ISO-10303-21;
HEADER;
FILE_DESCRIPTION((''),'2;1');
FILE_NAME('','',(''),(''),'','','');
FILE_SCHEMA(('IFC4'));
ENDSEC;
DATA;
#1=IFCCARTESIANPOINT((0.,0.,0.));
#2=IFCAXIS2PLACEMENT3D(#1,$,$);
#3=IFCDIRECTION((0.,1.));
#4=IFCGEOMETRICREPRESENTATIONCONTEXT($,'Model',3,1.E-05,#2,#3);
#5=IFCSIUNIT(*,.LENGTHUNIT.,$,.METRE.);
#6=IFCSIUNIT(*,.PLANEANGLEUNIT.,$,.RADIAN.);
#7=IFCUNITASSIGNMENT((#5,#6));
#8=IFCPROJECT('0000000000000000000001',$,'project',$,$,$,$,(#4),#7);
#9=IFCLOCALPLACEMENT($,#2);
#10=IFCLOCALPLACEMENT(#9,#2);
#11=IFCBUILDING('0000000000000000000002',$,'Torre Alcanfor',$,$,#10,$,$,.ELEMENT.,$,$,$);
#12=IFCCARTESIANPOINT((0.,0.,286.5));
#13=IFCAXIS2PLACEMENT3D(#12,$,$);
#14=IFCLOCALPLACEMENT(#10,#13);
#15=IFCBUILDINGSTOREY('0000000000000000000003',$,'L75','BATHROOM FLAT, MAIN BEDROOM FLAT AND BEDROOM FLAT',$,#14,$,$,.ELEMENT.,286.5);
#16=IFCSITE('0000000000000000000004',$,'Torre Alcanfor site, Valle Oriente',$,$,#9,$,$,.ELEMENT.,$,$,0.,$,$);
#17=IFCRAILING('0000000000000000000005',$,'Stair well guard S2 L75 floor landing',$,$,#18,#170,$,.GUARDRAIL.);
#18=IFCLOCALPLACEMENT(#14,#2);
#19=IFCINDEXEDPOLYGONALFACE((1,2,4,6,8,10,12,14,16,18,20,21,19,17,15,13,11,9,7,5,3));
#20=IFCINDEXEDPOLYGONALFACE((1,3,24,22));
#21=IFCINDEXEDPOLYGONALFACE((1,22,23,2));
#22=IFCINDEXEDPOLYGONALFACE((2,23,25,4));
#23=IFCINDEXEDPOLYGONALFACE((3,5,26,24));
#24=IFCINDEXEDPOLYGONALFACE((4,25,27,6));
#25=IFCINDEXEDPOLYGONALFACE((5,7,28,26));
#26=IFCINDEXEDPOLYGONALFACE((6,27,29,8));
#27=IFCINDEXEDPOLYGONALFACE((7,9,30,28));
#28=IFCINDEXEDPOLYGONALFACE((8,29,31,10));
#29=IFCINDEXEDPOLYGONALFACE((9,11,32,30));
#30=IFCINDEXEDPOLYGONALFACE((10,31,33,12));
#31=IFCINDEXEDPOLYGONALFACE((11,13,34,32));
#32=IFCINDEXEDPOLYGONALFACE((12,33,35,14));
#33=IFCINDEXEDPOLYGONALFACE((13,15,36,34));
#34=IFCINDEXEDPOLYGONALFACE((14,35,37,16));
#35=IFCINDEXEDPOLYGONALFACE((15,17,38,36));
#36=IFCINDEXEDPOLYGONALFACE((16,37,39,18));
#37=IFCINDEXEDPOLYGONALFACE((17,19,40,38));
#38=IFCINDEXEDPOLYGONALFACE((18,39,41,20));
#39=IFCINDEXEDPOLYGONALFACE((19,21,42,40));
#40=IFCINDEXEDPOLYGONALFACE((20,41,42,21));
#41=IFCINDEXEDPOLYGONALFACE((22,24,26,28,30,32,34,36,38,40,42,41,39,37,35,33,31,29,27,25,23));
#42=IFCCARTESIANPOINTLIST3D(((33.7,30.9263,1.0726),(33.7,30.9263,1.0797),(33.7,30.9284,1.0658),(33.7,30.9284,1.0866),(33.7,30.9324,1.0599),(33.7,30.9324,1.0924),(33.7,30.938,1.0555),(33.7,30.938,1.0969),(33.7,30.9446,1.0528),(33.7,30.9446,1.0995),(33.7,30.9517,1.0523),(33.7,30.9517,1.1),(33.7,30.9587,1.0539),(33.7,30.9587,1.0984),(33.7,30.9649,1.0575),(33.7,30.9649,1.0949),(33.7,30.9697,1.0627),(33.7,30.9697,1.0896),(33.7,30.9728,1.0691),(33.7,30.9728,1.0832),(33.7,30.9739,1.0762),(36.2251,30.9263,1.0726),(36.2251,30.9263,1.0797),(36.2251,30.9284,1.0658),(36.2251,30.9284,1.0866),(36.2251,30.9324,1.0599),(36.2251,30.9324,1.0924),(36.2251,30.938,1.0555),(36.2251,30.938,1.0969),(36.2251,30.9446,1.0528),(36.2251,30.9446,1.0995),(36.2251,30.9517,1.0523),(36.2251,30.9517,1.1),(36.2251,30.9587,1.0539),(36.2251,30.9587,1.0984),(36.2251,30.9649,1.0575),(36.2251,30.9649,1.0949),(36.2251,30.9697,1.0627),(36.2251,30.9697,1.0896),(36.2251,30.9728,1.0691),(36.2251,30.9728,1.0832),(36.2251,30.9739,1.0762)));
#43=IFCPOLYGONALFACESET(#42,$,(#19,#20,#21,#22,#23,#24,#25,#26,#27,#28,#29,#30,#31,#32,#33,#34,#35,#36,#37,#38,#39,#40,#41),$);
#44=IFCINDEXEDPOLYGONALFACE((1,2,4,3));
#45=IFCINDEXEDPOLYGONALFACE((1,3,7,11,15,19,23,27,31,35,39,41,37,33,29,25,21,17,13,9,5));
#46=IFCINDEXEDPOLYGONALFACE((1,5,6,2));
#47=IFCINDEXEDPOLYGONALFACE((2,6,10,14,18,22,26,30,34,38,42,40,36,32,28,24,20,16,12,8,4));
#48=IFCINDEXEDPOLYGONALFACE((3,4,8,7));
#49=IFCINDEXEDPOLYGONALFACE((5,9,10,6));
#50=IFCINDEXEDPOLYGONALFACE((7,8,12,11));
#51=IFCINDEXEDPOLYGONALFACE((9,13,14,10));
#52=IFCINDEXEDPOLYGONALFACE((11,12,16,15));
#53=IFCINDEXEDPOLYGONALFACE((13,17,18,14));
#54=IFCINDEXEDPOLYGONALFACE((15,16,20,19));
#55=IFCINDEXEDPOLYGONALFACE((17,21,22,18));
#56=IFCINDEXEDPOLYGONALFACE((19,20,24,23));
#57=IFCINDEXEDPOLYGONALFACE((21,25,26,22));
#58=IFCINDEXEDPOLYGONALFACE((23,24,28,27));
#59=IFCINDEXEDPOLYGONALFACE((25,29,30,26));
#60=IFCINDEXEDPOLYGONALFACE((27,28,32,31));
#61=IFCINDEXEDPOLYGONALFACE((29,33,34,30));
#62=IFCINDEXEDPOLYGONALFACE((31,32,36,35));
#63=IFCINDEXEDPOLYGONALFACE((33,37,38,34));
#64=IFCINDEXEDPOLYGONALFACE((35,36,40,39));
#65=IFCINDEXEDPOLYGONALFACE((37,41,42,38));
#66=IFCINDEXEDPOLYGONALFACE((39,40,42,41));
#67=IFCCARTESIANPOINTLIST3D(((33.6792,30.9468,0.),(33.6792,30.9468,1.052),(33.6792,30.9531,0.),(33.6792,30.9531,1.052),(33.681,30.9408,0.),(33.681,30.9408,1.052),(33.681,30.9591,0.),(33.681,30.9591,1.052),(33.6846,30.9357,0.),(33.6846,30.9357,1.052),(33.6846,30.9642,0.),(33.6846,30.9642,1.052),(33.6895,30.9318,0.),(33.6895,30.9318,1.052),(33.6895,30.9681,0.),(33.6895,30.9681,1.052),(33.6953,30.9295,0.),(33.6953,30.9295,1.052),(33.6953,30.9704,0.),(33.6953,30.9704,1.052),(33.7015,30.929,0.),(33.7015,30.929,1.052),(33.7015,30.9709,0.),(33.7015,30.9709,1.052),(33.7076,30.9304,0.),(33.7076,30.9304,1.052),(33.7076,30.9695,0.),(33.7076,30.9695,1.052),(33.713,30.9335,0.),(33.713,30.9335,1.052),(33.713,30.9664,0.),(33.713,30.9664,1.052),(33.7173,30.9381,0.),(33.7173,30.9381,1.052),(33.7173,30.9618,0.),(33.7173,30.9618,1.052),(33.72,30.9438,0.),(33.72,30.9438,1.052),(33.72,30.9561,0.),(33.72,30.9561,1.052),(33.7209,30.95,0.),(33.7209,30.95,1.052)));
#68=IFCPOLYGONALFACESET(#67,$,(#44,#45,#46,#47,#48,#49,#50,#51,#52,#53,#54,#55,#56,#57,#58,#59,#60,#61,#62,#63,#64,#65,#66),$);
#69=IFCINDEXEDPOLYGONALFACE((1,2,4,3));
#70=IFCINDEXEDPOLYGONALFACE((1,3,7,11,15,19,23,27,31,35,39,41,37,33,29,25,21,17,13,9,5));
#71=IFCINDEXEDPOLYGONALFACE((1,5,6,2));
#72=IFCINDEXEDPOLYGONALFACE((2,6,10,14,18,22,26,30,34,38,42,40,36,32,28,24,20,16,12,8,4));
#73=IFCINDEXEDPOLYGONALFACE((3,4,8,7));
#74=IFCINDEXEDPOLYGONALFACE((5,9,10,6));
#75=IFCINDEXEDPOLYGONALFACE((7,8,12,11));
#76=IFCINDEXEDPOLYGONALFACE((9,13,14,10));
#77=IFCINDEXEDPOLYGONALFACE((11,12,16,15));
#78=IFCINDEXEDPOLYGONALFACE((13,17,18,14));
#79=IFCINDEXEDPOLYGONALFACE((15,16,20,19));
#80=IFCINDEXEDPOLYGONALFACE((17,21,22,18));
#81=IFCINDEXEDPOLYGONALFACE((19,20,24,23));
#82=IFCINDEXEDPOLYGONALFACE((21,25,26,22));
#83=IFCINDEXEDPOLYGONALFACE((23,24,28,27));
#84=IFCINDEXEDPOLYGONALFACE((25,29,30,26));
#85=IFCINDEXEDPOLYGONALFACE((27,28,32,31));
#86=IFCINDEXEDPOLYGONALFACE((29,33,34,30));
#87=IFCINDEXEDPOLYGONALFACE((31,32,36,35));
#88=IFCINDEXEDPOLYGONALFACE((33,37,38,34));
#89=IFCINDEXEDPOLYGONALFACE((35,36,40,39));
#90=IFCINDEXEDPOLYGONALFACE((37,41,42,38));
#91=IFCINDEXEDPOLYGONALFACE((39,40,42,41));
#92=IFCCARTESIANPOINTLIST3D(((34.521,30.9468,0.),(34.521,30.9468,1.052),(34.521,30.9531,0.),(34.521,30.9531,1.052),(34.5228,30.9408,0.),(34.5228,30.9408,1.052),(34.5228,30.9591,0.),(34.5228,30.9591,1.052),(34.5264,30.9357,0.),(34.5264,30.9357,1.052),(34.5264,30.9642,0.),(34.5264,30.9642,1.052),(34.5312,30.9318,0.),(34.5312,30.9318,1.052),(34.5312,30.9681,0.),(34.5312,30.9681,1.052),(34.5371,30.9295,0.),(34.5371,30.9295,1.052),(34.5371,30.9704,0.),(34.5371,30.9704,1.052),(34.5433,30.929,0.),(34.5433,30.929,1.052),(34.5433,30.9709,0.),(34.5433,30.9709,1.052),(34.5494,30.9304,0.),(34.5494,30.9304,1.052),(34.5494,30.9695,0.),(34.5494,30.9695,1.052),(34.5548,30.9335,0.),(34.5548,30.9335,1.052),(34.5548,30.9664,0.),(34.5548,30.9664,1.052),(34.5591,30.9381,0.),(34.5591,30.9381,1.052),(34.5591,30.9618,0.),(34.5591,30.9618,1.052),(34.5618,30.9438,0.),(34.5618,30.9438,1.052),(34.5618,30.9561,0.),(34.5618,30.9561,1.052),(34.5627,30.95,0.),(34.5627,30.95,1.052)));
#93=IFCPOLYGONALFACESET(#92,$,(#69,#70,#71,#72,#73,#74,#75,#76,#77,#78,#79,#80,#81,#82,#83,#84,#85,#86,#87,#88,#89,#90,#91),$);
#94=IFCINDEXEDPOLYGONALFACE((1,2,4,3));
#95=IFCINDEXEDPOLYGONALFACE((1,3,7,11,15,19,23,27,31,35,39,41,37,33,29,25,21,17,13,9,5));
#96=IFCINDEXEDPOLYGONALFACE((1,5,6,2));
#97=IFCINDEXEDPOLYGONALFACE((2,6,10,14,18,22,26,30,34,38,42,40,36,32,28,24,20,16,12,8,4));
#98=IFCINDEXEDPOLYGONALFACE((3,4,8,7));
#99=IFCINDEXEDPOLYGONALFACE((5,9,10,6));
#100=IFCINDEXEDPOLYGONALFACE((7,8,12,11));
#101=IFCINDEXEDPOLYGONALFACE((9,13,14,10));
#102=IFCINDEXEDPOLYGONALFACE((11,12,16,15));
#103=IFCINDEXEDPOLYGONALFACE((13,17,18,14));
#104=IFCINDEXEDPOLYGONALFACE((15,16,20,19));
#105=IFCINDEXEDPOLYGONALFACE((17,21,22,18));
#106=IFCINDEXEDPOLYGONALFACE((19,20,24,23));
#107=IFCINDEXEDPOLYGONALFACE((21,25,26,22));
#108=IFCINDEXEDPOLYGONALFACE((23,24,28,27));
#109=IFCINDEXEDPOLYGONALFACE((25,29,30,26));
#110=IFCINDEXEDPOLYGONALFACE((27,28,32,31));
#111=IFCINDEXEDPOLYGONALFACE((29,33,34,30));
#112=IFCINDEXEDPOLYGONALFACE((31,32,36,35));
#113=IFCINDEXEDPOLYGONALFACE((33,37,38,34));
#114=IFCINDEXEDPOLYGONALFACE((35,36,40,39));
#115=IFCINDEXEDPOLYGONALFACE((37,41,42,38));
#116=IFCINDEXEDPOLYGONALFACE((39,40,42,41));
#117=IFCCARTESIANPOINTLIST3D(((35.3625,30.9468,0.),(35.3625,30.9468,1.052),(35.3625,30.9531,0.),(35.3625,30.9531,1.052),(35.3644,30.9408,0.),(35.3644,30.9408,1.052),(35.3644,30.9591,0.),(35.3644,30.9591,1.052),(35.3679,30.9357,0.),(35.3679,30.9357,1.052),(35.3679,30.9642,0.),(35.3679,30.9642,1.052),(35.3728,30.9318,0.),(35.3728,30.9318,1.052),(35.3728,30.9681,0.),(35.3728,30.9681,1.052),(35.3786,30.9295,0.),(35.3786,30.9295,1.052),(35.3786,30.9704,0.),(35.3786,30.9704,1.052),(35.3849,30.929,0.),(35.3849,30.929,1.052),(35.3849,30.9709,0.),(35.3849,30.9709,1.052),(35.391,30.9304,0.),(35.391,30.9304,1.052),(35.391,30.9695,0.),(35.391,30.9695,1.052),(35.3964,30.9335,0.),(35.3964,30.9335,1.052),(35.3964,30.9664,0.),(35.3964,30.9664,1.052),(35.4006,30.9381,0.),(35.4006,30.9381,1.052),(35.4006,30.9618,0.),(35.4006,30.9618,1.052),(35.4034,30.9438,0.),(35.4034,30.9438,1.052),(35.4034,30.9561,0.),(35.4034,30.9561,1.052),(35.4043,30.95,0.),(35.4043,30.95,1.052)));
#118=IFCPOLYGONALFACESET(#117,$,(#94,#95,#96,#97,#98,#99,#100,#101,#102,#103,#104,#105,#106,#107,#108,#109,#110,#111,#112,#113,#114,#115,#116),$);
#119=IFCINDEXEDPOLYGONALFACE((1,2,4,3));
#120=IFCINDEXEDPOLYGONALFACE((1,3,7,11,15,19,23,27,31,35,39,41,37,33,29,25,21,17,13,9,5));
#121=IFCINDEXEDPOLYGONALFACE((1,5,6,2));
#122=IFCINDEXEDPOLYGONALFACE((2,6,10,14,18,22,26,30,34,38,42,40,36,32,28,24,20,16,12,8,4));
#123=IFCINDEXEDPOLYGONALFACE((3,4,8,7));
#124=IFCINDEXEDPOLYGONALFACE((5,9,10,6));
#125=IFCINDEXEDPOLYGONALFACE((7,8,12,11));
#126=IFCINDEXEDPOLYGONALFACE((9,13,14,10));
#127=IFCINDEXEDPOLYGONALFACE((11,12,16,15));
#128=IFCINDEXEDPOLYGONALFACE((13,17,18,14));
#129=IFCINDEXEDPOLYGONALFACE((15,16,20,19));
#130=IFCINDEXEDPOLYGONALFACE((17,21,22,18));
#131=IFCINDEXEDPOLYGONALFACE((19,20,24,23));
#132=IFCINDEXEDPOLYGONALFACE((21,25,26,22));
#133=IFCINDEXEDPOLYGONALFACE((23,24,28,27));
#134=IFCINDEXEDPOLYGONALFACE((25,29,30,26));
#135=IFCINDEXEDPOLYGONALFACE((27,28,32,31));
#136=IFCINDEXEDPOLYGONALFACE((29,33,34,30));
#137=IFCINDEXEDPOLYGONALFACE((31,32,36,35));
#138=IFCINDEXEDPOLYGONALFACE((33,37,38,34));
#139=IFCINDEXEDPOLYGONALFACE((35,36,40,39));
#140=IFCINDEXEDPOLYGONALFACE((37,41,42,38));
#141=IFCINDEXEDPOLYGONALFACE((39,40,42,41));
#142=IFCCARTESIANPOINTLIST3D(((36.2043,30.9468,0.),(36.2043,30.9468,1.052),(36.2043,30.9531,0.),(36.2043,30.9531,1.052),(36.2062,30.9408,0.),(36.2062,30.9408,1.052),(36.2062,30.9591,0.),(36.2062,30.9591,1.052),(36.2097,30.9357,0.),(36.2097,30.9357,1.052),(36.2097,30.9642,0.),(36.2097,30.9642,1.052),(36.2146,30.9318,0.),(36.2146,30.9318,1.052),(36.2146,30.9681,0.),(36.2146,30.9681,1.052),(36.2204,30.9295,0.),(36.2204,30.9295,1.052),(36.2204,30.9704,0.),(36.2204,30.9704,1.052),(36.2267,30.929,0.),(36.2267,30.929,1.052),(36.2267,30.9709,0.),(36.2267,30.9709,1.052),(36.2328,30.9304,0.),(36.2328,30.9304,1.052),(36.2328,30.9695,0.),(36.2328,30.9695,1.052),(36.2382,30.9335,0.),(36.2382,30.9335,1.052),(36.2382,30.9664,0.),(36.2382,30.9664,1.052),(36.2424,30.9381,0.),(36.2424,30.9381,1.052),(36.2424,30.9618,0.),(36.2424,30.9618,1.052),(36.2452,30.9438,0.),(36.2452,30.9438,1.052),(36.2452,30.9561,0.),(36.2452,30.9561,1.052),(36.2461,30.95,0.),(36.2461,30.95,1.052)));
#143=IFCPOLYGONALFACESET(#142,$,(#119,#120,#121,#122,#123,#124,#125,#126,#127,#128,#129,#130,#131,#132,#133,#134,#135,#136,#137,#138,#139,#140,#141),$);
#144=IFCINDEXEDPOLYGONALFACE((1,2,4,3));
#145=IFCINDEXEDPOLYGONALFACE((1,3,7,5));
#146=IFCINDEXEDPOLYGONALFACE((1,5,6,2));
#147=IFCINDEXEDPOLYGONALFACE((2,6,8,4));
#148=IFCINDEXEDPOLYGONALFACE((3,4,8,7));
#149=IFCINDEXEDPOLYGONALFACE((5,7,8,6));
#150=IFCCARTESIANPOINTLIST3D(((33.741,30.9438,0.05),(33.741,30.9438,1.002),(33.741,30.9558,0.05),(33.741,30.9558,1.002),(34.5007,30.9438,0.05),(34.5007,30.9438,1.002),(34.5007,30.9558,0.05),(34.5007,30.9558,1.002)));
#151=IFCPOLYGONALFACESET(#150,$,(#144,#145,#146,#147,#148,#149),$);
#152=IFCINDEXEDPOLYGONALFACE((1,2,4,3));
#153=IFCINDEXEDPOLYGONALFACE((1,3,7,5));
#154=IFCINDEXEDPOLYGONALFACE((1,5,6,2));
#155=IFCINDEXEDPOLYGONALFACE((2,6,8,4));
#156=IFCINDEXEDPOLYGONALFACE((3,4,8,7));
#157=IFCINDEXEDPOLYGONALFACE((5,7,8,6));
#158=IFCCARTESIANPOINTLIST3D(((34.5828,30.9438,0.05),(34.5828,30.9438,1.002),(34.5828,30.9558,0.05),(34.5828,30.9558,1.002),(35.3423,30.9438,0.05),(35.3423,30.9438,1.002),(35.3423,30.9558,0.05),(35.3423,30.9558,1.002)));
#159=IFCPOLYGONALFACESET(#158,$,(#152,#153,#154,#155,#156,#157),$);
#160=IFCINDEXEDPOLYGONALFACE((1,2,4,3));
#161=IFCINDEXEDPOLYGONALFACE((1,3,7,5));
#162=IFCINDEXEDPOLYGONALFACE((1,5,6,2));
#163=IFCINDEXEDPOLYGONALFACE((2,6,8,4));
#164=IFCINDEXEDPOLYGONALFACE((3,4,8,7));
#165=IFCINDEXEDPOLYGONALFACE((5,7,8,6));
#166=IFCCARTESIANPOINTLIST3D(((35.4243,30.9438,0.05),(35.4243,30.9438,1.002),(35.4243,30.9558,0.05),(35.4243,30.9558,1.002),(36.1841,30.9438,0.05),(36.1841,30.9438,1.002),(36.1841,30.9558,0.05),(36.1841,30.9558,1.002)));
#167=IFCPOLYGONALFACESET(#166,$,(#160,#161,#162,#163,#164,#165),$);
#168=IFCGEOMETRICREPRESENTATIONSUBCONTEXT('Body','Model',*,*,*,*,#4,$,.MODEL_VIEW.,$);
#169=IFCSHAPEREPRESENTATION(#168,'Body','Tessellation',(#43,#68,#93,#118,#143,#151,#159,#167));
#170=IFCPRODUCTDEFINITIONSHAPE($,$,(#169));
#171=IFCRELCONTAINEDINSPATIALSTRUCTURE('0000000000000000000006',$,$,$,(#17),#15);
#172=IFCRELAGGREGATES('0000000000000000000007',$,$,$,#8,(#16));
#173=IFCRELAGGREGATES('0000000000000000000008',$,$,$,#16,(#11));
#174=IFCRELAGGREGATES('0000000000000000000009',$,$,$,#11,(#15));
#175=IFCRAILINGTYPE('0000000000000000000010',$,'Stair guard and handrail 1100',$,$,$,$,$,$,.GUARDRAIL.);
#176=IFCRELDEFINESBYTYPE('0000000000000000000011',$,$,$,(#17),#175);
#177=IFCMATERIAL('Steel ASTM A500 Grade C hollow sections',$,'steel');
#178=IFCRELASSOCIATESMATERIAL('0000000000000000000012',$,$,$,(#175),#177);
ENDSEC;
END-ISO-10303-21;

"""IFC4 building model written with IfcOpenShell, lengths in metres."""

from ifc_helpers import new_model, si_unit, direction, frame, origin, origin_2d, place, context, subcontext, project, spatial, polyline, circle, outline, extrude, material, type_object, element, save


model = new_model("IFC4")

# Units and contexts
model_context = context("Model", 3, precision=1e-05, world=origin(), true_north=direction((0.0, 1.0)))
body_context = subcontext(model_context, "Body", "Model", "MODEL_VIEW")
ifc_project = project(units=[si_unit("LENGTHUNIT", "METRE"), si_unit("PLANEANGLEUNIT", "RADIAN")], contexts=[model_context])

# Site, building, storey
site_placement = place(None, origin())
site = spatial("IfcSite", under=ifc_project, at=site_placement, Name="Torre Alcanfor site, Valle Oriente", CompositionType="ELEMENT", RefElevation=0.0)
building_placement = place(site_placement, origin())
building = spatial("IfcBuilding", under=site, at=building_placement, Name="Torre Alcanfor", CompositionType="ELEMENT")
storey_placement = place(building_placement, frame((0.0, 0.0, 286.5)))
storey = spatial("IfcBuildingStorey", under=building, at=storey_placement, Name="L75", Description="BATHROOM FLAT, MAIN BEDROOM FLAT AND BEDROOM FLAT", CompositionType="ELEMENT", Elevation=286.5)

# Railing
ifc_material_1 = material(Name="Steel ASTM A500 Grade C hollow sections", Category="steel")
railing_type_1 = type_object("IfcRailingType", Name="Stair guard and handrail 1100", PredefinedType="GUARDRAIL", material=ifc_material_1)
for number, where, name in (
    (1, (33.7, 30.95, 0.0), "Stair well guard S2 L75 floor landing"),
):
    element("IfcRailing", number, at=place(storey_placement, frame(where)), inside=storey, type_object=railing_type_1, Name=name, PredefinedType="GUARDRAIL", context=body_context, shape_type="SweptSolid", body=[
        extrude(circle(Radius=0.0239, at=origin_2d()), frame((0.0, 0.0, 1.0762), z_axis=(1.0, 0.0, 0.0), x_axis=(0.0, 1.0, 0.0)), (0.0, 0.0, 1.0), 2.5251),
        extrude(circle(Radius=0.021, at=origin_2d()), origin(), (0.0, 0.0, 1.0), 1.052),
        extrude(circle(Radius=0.021, at=origin_2d()), frame((0.8418, 0.0, 0.0)), (0.0, 0.0, 1.0), 1.052),
        extrude(circle(Radius=0.021, at=origin_2d()), frame((1.6833, 0.0, 0.0)), (0.0, 0.0, 1.0), 1.052),
        extrude(circle(Radius=0.021, at=origin_2d()), frame((2.5251, 0.0, 0.0)), (0.0, 0.0, 1.0), 1.052),
        extrude(outline(polyline([(0.041, 0.05), (0.8008, 0.05), (0.8008, 1.002), (0.041, 1.002), (0.041, 0.05)])), frame((0.0, 0.0059, 0.0), z_axis=(0.0, -1.0, 0.0), x_axis=(1.0, 0.0, 0.0)), (0.0, 0.0, 1.0), 0.012),
        extrude(outline(polyline([(0.8828, 0.05), (1.6423, 0.05), (1.6423, 1.002), (0.8828, 1.002), (0.8828, 0.05)])), frame((0.0, 0.0059, 0.0), z_axis=(0.0, -1.0, 0.0), x_axis=(1.0, 0.0, 0.0)), (0.0, 0.0, 1.0), 0.012),
        extrude(outline(polyline([(1.7244, 0.05), (2.4841, 0.05), (2.4841, 1.002), (1.7244, 1.002), (1.7244, 0.05)])), frame((0.0, 0.0059, 0.0), z_axis=(0.0, -1.0, 0.0), x_axis=(1.0, 0.0, 0.0)), (0.0, 0.0, 1.0), 0.012),
    ])

save(model, "model.ifc")
